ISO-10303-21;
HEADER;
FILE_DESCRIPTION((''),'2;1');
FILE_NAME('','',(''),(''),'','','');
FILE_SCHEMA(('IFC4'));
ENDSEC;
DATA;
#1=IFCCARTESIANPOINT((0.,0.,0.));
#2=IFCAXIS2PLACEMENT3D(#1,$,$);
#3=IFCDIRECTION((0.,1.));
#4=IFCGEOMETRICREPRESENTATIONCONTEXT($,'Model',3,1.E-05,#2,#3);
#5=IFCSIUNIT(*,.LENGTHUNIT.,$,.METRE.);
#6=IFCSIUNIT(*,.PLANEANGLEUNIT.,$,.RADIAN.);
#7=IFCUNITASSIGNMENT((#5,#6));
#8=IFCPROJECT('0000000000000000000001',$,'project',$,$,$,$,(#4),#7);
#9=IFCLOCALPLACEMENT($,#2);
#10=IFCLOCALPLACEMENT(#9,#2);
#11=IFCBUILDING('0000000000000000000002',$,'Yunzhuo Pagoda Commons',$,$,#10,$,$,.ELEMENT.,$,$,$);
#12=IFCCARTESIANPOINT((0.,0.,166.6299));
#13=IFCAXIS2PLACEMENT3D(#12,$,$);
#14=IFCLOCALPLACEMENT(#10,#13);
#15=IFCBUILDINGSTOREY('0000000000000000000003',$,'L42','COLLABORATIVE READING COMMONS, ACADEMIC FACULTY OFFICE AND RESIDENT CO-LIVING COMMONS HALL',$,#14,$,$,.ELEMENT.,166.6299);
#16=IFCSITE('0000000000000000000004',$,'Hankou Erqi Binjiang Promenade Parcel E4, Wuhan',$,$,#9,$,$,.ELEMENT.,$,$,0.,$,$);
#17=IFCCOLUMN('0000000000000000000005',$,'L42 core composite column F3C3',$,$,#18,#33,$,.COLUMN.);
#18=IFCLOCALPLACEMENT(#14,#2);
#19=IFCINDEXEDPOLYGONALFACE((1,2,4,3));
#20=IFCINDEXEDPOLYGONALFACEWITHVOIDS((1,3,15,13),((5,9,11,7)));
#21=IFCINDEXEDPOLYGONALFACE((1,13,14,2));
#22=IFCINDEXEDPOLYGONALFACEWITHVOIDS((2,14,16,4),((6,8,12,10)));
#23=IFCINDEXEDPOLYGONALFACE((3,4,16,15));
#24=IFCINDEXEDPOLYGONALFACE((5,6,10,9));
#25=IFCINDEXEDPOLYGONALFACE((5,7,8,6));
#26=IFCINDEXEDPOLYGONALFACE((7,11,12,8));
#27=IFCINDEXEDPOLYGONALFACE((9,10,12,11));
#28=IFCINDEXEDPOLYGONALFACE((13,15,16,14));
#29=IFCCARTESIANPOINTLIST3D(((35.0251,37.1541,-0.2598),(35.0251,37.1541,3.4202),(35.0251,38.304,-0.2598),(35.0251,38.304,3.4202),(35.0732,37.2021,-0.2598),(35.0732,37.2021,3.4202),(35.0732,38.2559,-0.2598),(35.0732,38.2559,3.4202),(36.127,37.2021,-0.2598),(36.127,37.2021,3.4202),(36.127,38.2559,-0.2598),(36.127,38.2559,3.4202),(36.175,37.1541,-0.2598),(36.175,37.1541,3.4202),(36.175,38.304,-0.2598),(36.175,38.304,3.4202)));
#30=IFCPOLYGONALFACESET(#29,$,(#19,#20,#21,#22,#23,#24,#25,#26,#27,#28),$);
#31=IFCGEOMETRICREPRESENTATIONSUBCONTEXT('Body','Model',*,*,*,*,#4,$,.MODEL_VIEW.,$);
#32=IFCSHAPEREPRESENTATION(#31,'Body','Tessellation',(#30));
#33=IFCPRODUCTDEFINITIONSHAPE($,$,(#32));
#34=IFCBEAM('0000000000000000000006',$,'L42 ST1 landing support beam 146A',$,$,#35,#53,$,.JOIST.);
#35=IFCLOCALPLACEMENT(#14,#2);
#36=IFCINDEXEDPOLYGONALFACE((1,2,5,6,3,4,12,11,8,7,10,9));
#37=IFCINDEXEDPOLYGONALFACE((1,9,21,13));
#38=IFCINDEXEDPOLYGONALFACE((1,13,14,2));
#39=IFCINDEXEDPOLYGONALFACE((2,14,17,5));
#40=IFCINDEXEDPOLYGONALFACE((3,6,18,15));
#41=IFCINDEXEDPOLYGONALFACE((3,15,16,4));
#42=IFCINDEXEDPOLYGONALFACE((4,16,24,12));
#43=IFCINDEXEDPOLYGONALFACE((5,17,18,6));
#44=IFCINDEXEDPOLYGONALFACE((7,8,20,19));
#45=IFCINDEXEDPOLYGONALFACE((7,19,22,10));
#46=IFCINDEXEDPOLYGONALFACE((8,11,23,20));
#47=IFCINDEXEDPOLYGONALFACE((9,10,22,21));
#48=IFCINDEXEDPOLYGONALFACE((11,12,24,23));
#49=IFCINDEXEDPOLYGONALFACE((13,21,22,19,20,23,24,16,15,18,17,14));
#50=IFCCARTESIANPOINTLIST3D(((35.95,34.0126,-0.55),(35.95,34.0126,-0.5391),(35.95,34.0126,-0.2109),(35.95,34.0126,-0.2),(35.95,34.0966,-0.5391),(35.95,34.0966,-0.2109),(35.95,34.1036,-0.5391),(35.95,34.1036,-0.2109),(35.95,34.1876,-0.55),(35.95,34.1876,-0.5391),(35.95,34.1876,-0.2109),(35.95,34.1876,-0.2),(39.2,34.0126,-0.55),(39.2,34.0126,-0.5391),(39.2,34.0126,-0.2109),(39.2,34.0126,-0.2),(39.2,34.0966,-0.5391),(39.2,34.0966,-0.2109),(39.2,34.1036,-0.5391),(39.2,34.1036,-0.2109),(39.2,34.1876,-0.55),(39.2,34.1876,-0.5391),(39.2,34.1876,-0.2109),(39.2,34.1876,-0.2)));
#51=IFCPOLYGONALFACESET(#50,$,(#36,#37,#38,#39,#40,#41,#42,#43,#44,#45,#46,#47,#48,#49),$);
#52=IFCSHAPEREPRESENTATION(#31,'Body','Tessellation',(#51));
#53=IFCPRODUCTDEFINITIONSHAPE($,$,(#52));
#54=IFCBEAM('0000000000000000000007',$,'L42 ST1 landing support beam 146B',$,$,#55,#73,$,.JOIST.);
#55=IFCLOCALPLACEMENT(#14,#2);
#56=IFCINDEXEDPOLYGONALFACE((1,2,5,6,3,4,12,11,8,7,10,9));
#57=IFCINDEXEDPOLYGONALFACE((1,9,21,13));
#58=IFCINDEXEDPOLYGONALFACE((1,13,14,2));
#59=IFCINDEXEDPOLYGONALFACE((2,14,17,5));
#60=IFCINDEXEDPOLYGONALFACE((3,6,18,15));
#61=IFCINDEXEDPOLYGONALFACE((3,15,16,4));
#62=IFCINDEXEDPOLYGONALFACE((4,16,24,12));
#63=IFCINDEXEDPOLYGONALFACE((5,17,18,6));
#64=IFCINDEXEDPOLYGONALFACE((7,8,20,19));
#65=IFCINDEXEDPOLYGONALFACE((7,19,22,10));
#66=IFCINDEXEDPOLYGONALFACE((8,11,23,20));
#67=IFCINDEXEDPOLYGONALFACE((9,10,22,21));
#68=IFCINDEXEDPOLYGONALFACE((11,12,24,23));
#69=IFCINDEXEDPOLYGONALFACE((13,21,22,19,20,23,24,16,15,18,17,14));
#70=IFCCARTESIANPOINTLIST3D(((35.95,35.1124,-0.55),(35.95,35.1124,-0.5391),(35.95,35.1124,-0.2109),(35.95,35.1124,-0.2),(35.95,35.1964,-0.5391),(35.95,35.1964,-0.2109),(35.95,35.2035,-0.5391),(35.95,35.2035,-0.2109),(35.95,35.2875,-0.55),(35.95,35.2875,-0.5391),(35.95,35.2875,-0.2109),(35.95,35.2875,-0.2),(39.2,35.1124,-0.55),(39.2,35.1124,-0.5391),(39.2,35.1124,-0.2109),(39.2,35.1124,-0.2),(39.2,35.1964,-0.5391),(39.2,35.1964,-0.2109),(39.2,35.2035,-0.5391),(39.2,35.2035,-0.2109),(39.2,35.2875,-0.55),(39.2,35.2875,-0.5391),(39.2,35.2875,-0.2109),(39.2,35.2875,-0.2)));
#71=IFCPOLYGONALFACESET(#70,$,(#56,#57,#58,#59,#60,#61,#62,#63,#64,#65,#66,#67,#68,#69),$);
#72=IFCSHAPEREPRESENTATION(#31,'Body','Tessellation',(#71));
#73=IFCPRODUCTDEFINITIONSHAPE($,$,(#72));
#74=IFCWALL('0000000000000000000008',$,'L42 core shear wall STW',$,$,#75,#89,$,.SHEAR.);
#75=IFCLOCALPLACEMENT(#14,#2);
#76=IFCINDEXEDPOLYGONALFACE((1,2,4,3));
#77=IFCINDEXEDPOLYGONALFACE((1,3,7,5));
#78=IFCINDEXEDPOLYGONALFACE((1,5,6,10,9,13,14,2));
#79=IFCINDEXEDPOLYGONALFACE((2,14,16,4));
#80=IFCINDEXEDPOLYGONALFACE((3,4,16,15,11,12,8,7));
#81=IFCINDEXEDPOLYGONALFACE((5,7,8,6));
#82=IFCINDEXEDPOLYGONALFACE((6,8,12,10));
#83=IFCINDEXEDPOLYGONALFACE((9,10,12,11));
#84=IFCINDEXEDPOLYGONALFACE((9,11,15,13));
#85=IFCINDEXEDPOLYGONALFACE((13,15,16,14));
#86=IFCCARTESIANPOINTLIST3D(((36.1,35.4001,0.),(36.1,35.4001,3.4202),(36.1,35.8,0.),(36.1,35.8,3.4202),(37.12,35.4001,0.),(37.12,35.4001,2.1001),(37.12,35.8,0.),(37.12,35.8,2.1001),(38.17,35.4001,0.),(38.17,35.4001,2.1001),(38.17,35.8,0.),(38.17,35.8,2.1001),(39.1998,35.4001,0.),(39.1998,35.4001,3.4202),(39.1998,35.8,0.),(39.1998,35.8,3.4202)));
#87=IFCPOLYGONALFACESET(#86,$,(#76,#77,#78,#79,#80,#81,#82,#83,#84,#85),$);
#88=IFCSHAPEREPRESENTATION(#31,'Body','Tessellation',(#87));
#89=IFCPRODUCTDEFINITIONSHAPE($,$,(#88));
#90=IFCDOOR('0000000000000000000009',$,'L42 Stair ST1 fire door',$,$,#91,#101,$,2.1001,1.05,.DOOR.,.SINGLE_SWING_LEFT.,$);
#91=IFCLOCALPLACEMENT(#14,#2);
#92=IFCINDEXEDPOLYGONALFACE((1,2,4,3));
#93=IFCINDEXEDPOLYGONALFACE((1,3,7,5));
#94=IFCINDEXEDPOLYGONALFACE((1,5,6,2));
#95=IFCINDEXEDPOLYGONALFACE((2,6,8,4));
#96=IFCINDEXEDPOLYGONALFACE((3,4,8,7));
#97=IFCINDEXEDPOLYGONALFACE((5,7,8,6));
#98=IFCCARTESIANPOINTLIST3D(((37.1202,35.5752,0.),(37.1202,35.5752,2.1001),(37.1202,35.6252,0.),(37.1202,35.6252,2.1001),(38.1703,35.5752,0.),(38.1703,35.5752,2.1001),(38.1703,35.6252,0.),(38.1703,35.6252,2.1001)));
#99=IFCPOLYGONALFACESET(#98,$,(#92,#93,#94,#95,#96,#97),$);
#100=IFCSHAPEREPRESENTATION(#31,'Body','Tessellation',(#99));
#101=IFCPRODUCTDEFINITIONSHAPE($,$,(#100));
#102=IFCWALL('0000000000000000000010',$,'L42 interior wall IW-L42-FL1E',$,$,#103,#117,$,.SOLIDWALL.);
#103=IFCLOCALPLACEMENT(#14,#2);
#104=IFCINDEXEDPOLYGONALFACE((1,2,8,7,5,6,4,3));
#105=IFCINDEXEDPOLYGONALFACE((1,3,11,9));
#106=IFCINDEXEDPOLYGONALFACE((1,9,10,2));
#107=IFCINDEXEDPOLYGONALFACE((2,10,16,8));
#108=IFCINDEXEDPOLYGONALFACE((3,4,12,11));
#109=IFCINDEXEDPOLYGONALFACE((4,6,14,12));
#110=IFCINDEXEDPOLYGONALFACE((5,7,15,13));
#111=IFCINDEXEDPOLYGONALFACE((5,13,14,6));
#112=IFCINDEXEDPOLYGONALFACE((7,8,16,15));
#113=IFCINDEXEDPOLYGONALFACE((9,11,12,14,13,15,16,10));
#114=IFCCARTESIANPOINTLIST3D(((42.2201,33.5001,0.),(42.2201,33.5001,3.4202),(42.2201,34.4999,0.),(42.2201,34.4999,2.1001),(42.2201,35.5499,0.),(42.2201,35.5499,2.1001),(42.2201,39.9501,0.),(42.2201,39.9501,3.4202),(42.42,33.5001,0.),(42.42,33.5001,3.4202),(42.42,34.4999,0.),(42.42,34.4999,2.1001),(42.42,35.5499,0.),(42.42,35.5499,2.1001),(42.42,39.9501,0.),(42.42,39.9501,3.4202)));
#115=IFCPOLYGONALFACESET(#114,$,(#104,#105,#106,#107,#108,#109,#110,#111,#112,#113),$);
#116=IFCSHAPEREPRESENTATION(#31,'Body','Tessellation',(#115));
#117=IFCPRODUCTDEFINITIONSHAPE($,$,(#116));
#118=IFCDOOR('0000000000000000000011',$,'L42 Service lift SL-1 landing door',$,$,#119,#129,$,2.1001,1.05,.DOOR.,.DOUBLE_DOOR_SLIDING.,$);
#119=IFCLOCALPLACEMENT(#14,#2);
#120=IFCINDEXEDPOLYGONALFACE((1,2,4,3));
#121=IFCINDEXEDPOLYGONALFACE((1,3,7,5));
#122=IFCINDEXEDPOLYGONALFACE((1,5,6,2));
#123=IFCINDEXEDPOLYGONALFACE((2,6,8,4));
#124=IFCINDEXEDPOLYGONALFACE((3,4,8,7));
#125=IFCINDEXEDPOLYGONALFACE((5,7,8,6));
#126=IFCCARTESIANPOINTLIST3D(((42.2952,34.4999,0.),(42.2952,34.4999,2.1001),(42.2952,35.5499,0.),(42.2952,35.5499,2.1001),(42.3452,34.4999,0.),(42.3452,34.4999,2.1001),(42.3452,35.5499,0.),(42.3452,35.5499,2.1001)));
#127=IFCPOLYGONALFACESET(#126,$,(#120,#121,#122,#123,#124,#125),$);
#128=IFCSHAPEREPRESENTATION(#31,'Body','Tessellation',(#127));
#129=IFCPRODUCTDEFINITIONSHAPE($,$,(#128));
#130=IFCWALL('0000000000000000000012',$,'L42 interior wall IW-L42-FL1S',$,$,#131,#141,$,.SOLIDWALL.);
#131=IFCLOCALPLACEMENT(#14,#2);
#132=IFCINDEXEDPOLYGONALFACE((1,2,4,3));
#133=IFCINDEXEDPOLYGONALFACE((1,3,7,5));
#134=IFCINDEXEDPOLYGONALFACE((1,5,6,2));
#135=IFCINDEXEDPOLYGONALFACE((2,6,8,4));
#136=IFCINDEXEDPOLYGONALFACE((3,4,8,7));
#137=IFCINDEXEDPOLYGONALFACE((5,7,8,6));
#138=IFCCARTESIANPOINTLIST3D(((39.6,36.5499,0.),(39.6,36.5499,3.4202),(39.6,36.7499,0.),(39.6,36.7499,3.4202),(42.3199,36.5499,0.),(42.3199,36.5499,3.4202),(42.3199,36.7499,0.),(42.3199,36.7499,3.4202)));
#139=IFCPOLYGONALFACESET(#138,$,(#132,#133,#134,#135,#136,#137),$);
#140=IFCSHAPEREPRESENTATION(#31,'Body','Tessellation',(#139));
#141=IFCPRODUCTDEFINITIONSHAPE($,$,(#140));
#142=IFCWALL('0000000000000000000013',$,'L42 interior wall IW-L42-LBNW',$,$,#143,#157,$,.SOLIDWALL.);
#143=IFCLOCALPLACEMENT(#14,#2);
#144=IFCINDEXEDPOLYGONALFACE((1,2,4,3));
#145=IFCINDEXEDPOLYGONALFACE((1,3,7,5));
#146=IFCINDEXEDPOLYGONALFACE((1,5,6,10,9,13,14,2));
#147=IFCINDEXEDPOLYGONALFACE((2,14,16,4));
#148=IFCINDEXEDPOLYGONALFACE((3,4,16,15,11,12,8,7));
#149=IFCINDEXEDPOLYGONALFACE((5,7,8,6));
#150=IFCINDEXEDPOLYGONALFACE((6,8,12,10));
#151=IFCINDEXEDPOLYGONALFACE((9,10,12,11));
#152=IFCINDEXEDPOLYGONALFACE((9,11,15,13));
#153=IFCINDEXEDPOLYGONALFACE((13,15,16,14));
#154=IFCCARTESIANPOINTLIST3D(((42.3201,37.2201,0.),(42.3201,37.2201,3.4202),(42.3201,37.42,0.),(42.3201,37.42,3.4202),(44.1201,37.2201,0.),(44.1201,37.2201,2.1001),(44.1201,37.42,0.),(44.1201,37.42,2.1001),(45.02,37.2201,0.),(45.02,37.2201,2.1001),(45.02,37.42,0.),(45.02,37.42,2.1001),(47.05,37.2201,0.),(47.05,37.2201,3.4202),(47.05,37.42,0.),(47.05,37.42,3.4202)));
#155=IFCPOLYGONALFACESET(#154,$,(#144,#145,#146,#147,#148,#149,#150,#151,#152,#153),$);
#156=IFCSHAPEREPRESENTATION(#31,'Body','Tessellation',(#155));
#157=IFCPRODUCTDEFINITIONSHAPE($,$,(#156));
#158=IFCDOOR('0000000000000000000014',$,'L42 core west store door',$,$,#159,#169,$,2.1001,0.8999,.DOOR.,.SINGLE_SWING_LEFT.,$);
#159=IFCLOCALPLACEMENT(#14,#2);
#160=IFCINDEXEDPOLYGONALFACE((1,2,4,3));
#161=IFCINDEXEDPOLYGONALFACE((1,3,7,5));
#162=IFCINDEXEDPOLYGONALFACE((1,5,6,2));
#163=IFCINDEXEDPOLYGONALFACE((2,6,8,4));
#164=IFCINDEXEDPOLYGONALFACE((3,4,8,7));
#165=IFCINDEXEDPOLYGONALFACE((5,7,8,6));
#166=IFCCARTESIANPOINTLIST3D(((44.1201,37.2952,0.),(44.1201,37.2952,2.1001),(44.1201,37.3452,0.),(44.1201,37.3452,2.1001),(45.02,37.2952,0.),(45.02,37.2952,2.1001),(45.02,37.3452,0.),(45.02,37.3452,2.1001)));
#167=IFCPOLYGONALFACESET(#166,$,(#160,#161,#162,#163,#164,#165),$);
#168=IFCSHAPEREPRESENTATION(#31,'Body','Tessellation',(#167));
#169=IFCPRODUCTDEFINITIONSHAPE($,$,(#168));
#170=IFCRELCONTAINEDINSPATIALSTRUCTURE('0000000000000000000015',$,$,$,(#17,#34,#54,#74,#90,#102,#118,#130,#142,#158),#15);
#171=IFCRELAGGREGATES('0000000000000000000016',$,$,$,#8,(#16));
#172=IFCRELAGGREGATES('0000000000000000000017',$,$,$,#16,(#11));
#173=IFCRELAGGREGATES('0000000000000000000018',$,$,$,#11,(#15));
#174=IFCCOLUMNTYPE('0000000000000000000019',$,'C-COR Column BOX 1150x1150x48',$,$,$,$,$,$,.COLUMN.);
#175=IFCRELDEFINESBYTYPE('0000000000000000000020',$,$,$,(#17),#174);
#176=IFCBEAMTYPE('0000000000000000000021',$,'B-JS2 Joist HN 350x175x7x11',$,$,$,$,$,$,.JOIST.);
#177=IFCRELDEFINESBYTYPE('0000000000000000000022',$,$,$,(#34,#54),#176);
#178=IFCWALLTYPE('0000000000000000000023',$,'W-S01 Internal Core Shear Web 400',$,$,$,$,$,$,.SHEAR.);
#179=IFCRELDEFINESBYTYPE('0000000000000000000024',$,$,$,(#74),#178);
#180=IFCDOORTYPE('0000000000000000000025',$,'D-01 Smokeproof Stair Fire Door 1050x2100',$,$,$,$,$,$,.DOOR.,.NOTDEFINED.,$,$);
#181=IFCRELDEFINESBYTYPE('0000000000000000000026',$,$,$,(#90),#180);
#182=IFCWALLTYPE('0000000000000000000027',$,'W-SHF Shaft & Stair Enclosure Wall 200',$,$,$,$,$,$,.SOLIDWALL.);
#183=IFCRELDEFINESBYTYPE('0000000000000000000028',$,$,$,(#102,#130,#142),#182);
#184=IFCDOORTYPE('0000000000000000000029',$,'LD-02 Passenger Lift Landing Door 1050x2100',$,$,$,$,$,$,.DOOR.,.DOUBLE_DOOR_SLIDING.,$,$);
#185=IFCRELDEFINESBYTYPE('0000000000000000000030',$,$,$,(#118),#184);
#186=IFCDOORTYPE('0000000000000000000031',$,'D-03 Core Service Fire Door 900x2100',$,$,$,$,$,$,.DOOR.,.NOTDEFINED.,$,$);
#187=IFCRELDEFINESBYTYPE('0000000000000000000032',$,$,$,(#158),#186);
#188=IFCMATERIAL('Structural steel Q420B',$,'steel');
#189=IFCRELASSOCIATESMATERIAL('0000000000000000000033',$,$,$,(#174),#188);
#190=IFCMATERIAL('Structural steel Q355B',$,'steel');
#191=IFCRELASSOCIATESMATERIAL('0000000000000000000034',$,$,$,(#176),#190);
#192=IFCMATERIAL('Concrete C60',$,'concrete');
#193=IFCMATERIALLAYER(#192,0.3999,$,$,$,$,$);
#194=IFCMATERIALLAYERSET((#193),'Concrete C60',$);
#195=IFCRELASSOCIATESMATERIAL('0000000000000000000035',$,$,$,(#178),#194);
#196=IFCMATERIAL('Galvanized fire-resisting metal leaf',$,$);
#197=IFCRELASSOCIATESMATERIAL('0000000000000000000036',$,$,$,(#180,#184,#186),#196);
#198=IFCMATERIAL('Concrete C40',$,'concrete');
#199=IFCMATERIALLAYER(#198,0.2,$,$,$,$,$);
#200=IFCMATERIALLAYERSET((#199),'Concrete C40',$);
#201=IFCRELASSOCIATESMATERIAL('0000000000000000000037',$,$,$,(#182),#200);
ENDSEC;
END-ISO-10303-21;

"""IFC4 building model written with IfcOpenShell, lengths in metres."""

from ifc_helpers import new_model, si_unit, direction, frame, frame_2d, origin, origin_with_axes, origin_2d, place, context, subcontext, project, spatial, rectangle, hollow_rectangle, i_section, extrude, source, transform, mapped, material, layer, layer_set, material_profile, profile_set, type_object, element, fill, save


model = new_model("IFC4")

# Units and contexts
model_context = context("Model", 3, precision=1e-05, world=origin(), true_north=direction((0.0, 1.0)))
body_context = subcontext(model_context, "Body", "Model", "MODEL_VIEW")
ifc_project = project(units=[si_unit("LENGTHUNIT", "METRE"), si_unit("PLANEANGLEUNIT", "RADIAN")], contexts=[model_context])

# Site, building, storey
site_placement = place(None, origin())
site = spatial("IfcSite", under=ifc_project, at=site_placement, Name="Hankou Erqi Binjiang Promenade Parcel E4, Wuhan", CompositionType="ELEMENT", RefElevation=0.0)
building_placement = place(site_placement, origin())
building = spatial("IfcBuilding", under=site, at=building_placement, Name="Yunzhuo Pagoda Commons", CompositionType="ELEMENT")
storey_placement = place(building_placement, frame((0.0, 0.0, 166.6299)))
storey = spatial("IfcBuildingStorey", under=building, at=storey_placement, Name="L42", Description="COLLABORATIVE READING COMMONS, ACADEMIC FACULTY OFFICE AND RESIDENT CO-LIVING COMMONS HALL", CompositionType="ELEMENT", Elevation=166.6299)

# Column
ifc_material_1 = material(Name="Structural steel Q420B", Category="steel")
ifc_material_profile_1 = material_profile(ifc_material_1, hollow_rectangle(XDim=1.1499, YDim=1.1499, WallThickness=0.0481, at=origin_2d()), Name="Structural steel Q420B")
ifc_profile_set_1 = profile_set([ifc_material_profile_1], Name="Structural steel Q420B")
column_type = type_object("IfcColumnType", Name="C-COR Column BOX 1150x1150x48", PredefinedType="COLUMN", material=ifc_profile_set_1)
shared_shape_1 = source(origin(), body_context, "Body", "SweptSolid", [
    extrude(hollow_rectangle(XDim=1.1499, YDim=1.1499, WallThickness=0.0481, at=origin_2d()), origin(), (0.0, 0.0, 1.0), 3.6799),
])
column_placement = place(storey_placement, frame((35.6001, 37.729, -0.2598), z_axis=(0.0, 0.0, 1.0), x_axis=(1.0, 0.0, 0.0)))
element("IfcColumn", 1, at=column_placement, inside=storey, type_object=column_type, Name="L42 core composite column F3C3", PredefinedType="COLUMN", context=body_context, shape_type="MappedRepresentation", body=[
    mapped(shared_shape_1, transform((0.0, 0.0, 0.0), scale=1.0)),
])

# Beams
ifc_material_2 = material(Name="Structural steel Q355B", Category="steel")
ifc_material_profile_2 = material_profile(ifc_material_2, i_section(OverallWidth=0.175, OverallDepth=0.3501, WebThickness=0.0071, FlangeThickness=0.011, at=origin_2d()), Name="Structural steel Q355B")
ifc_profile_set_2 = profile_set([ifc_material_profile_2], Name="Structural steel Q355B")
beam_type = type_object("IfcBeamType", Name="B-JS2 Joist HN 350x175x7x11", PredefinedType="JOIST", material=ifc_profile_set_2)
shared_shape_2 = source(origin(), body_context, "Body", "SweptSolid", [
    extrude(i_section(OverallWidth=0.175, OverallDepth=0.3501, WebThickness=0.0071, FlangeThickness=0.011, at=origin_2d()), origin(), (0.0, 0.0, 1.0), 3.25),
])
for number, where, z_axis, x_axis, name in (
    (2, (35.95, 34.1001, -0.375), (1.0, 0.0, 0.0), (0.0, 1.0, 0.0), "L42 ST1 landing support beam 146A"),
    (3, (35.95, 35.2, -0.375), (1.0, 0.0, 0.0), (0.0, 1.0, 0.0), "L42 ST1 landing support beam 146B"),
):
    element("IfcBeam", number, at=place(storey_placement, frame(where, z_axis=z_axis, x_axis=x_axis)), inside=storey, type_object=beam_type, Name=name, PredefinedType="JOIST", context=body_context, shape_type="MappedRepresentation", body=[
        mapped(shared_shape_2, transform((0.0, 0.0, 0.0), scale=1.0)),
    ])

# Walls, openings, doors
ifc_material_3 = material(Name="Concrete C60", Category="concrete")
ifc_layer_1 = layer(ifc_material_3, 0.3999)
ifc_layer_set_1 = layer_set([ifc_layer_1], Name="Concrete C60")
wall_type_1 = type_object("IfcWallType", Name="W-S01 Internal Core Shear Web 400", PredefinedType="SHEAR", material=ifc_layer_set_1)
wall_1_placement = place(storey_placement, frame((36.1001, 35.6001, 0.0), z_axis=(0.0, 0.0, 1.0), x_axis=(1.0, 0.0, 0.0)))
wall_1 = element("IfcWall", 4, at=wall_1_placement, inside=storey, type_object=wall_type_1, Name="L42 core shear wall STW", PredefinedType="SHEAR", context=body_context, shape_type="SweptSolid", body=[
    extrude(rectangle(XDim=3.0999, YDim=0.3999, at=frame_2d((1.5498, 0.0))), origin(), (0.0, 0.0, 1.0), 3.4202),
])
opening_1_placement = place(wall_1_placement, frame((1.02, 0.0, 0.0)))
opening_1 = element("IfcOpeningElement", 5, at=opening_1_placement, cuts=wall_1, PredefinedType="OPENING", context=body_context, shape_type="SweptSolid", body=[
    extrude(rectangle(XDim=1.05, YDim=2.1001, at=frame_2d((0.5249, 1.05))), frame((0.0, 0.21, 0.0), z_axis=(0.0, -1.0, 0.0), x_axis=(1.0, 0.0, 0.0)), (0.0, 0.0, 1.0), 0.4199),
])
ifc_material_4 = material(Name="Galvanized fire-resisting metal leaf")
door_type_1 = type_object("IfcDoorType", Name="D-01 Smokeproof Stair Fire Door 1050x2100", OperationType="NOTDEFINED", PredefinedType="DOOR", material=ifc_material_4)
shared_shape_3 = source(origin(), body_context, "Body", "SweptSolid", [
    extrude(rectangle(XDim=1.05, YDim=2.1001, at=frame_2d((0.5249, 1.05))), frame((0.0, 0.0249, 0.0), z_axis=(0.0, -1.0, 0.0), x_axis=(1.0, 0.0, 0.0)), (0.0, 0.0, 1.0), 0.05),
])
door_1_placement = place(opening_1_placement, frame((1.05, 0.0, 0.0), z_axis=(0.0, 0.0, 1.0), x_axis=(-1.0, 0.0, 0.0)))
door_1 = element("IfcDoor", 6, at=door_1_placement, inside=storey, type_object=door_type_1, Name="L42 Stair ST1 fire door", OperationType="SINGLE_SWING_LEFT", OverallHeight=2.1001, OverallWidth=1.05, PredefinedType="DOOR", context=body_context, shape_type="MappedRepresentation", body=[
    mapped(shared_shape_3, transform((0.0, 0.0, 0.0), scale=1.0)),
])
fill(opening_1, door_1)
ifc_material_5 = material(Name="Concrete C40", Category="concrete")
ifc_layer_2 = layer(ifc_material_5, 0.2)
ifc_layer_set_2 = layer_set([ifc_layer_2], Name="Concrete C40")
wall_type_2 = type_object("IfcWallType", Name="W-SHF Shaft & Stair Enclosure Wall 200", PredefinedType="SOLIDWALL", material=ifc_layer_set_2)
wall_2_placement = place(storey_placement, frame((42.3201, 33.5, 0.0), z_axis=(0.0, 0.0, 1.0), x_axis=(0.0, 1.0, 0.0)))
wall_2 = element("IfcWall", 7, at=wall_2_placement, inside=storey, type_object=wall_type_2, Name="L42 interior wall IW-L42-FL1E", PredefinedType="SOLIDWALL", context=body_context, shape_type="SweptSolid", body=[
    extrude(rectangle(XDim=6.45, YDim=0.2, at=frame_2d((3.2251, 0.0))), origin(), (0.0, 0.0, 1.0), 3.4202),
])
opening_2_placement = place(wall_2_placement, frame((1.0, 0.0, 0.0)))
opening_2 = element("IfcOpeningElement", 8, at=opening_2_placement, cuts=wall_2, PredefinedType="OPENING", context=body_context, shape_type="SweptSolid", body=[
    extrude(rectangle(XDim=1.05, YDim=2.1001, at=frame_2d((0.5249, 1.05))), frame((0.0, 0.1099, 0.0), z_axis=(0.0, -1.0, 0.0), x_axis=(1.0, 0.0, 0.0)), (0.0, 0.0, 1.0), 0.22),
])
door_type_2 = type_object("IfcDoorType", Name="LD-02 Passenger Lift Landing Door 1050x2100", OperationType="DOUBLE_DOOR_SLIDING", PredefinedType="DOOR", material=ifc_material_4)
door_2_placement = place(opening_2_placement, origin_with_axes())
door_2 = element("IfcDoor", 9, at=door_2_placement, inside=storey, type_object=door_type_2, Name="L42 Service lift SL-1 landing door", OperationType="DOUBLE_DOOR_SLIDING", OverallHeight=2.1001, OverallWidth=1.05, PredefinedType="DOOR", context=body_context, shape_type="MappedRepresentation", body=[
    mapped(shared_shape_3, transform((0.0, 0.0, 0.0), scale=1.0)),
])
fill(opening_2, door_2)

# Wall
wall_3_placement = place(storey_placement, frame((39.6001, 36.6499, 0.0), z_axis=(0.0, 0.0, 1.0), x_axis=(1.0, 0.0, 0.0)))
element("IfcWall", 10, at=wall_3_placement, inside=storey, type_object=wall_type_2, Name="L42 interior wall IW-L42-FL1S", PredefinedType="SOLIDWALL", context=body_context, shape_type="SweptSolid", body=[
    extrude(rectangle(XDim=2.72, YDim=0.2, at=frame_2d((1.3599, 0.0))), origin(), (0.0, 0.0, 1.0), 3.4202),
])

# Wall, opening, door
wall_4_placement = place(storey_placement, frame((42.3201, 37.3201, 0.0), z_axis=(0.0, 0.0, 1.0), x_axis=(1.0, 0.0, 0.0)))
wall_4 = element("IfcWall", 11, at=wall_4_placement, inside=storey, type_object=wall_type_2, Name="L42 interior wall IW-L42-LBNW", PredefinedType="SOLIDWALL", context=body_context, shape_type="SweptSolid", body=[
    extrude(rectangle(XDim=4.73, YDim=0.2, at=frame_2d((2.365, 0.0))), origin(), (0.0, 0.0, 1.0), 3.4202),
])
opening_3_placement = place(wall_4_placement, frame((1.8, 0.0, 0.0)))
opening_3 = element("IfcOpeningElement", 12, at=opening_3_placement, cuts=wall_4, PredefinedType="OPENING", context=body_context, shape_type="SweptSolid", body=[
    extrude(rectangle(XDim=0.8999, YDim=2.1001, at=frame_2d((0.45, 1.05))), frame((0.0, 0.1099, 0.0), z_axis=(0.0, -1.0, 0.0), x_axis=(1.0, 0.0, 0.0)), (0.0, 0.0, 1.0), 0.22),
])
door_type_3 = type_object("IfcDoorType", Name="D-03 Core Service Fire Door 900x2100", OperationType="NOTDEFINED", PredefinedType="DOOR", material=ifc_material_4)
shared_shape_4 = source(origin(), body_context, "Body", "SweptSolid", [
    extrude(rectangle(XDim=0.8999, YDim=2.1001, at=frame_2d((0.45, 1.05))), frame((0.0, 0.0249, 0.0), z_axis=(0.0, -1.0, 0.0), x_axis=(1.0, 0.0, 0.0)), (0.0, 0.0, 1.0), 0.05),
])
door_3_placement = place(opening_3_placement, frame((0.8999, 0.0, 0.0), z_axis=(0.0, 0.0, 1.0), x_axis=(-1.0, 0.0, 0.0)))
door_3 = element("IfcDoor", 13, at=door_3_placement, inside=storey, type_object=door_type_3, Name="L42 core west store door", OperationType="SINGLE_SWING_LEFT", OverallHeight=2.1001, OverallWidth=0.8999, PredefinedType="DOOR", context=body_context, shape_type="MappedRepresentation", body=[
    mapped(shared_shape_4, transform((0.0, 0.0, 0.0), scale=1.0)),
])
fill(opening_3, door_3)

save(model, "model.ifc")
